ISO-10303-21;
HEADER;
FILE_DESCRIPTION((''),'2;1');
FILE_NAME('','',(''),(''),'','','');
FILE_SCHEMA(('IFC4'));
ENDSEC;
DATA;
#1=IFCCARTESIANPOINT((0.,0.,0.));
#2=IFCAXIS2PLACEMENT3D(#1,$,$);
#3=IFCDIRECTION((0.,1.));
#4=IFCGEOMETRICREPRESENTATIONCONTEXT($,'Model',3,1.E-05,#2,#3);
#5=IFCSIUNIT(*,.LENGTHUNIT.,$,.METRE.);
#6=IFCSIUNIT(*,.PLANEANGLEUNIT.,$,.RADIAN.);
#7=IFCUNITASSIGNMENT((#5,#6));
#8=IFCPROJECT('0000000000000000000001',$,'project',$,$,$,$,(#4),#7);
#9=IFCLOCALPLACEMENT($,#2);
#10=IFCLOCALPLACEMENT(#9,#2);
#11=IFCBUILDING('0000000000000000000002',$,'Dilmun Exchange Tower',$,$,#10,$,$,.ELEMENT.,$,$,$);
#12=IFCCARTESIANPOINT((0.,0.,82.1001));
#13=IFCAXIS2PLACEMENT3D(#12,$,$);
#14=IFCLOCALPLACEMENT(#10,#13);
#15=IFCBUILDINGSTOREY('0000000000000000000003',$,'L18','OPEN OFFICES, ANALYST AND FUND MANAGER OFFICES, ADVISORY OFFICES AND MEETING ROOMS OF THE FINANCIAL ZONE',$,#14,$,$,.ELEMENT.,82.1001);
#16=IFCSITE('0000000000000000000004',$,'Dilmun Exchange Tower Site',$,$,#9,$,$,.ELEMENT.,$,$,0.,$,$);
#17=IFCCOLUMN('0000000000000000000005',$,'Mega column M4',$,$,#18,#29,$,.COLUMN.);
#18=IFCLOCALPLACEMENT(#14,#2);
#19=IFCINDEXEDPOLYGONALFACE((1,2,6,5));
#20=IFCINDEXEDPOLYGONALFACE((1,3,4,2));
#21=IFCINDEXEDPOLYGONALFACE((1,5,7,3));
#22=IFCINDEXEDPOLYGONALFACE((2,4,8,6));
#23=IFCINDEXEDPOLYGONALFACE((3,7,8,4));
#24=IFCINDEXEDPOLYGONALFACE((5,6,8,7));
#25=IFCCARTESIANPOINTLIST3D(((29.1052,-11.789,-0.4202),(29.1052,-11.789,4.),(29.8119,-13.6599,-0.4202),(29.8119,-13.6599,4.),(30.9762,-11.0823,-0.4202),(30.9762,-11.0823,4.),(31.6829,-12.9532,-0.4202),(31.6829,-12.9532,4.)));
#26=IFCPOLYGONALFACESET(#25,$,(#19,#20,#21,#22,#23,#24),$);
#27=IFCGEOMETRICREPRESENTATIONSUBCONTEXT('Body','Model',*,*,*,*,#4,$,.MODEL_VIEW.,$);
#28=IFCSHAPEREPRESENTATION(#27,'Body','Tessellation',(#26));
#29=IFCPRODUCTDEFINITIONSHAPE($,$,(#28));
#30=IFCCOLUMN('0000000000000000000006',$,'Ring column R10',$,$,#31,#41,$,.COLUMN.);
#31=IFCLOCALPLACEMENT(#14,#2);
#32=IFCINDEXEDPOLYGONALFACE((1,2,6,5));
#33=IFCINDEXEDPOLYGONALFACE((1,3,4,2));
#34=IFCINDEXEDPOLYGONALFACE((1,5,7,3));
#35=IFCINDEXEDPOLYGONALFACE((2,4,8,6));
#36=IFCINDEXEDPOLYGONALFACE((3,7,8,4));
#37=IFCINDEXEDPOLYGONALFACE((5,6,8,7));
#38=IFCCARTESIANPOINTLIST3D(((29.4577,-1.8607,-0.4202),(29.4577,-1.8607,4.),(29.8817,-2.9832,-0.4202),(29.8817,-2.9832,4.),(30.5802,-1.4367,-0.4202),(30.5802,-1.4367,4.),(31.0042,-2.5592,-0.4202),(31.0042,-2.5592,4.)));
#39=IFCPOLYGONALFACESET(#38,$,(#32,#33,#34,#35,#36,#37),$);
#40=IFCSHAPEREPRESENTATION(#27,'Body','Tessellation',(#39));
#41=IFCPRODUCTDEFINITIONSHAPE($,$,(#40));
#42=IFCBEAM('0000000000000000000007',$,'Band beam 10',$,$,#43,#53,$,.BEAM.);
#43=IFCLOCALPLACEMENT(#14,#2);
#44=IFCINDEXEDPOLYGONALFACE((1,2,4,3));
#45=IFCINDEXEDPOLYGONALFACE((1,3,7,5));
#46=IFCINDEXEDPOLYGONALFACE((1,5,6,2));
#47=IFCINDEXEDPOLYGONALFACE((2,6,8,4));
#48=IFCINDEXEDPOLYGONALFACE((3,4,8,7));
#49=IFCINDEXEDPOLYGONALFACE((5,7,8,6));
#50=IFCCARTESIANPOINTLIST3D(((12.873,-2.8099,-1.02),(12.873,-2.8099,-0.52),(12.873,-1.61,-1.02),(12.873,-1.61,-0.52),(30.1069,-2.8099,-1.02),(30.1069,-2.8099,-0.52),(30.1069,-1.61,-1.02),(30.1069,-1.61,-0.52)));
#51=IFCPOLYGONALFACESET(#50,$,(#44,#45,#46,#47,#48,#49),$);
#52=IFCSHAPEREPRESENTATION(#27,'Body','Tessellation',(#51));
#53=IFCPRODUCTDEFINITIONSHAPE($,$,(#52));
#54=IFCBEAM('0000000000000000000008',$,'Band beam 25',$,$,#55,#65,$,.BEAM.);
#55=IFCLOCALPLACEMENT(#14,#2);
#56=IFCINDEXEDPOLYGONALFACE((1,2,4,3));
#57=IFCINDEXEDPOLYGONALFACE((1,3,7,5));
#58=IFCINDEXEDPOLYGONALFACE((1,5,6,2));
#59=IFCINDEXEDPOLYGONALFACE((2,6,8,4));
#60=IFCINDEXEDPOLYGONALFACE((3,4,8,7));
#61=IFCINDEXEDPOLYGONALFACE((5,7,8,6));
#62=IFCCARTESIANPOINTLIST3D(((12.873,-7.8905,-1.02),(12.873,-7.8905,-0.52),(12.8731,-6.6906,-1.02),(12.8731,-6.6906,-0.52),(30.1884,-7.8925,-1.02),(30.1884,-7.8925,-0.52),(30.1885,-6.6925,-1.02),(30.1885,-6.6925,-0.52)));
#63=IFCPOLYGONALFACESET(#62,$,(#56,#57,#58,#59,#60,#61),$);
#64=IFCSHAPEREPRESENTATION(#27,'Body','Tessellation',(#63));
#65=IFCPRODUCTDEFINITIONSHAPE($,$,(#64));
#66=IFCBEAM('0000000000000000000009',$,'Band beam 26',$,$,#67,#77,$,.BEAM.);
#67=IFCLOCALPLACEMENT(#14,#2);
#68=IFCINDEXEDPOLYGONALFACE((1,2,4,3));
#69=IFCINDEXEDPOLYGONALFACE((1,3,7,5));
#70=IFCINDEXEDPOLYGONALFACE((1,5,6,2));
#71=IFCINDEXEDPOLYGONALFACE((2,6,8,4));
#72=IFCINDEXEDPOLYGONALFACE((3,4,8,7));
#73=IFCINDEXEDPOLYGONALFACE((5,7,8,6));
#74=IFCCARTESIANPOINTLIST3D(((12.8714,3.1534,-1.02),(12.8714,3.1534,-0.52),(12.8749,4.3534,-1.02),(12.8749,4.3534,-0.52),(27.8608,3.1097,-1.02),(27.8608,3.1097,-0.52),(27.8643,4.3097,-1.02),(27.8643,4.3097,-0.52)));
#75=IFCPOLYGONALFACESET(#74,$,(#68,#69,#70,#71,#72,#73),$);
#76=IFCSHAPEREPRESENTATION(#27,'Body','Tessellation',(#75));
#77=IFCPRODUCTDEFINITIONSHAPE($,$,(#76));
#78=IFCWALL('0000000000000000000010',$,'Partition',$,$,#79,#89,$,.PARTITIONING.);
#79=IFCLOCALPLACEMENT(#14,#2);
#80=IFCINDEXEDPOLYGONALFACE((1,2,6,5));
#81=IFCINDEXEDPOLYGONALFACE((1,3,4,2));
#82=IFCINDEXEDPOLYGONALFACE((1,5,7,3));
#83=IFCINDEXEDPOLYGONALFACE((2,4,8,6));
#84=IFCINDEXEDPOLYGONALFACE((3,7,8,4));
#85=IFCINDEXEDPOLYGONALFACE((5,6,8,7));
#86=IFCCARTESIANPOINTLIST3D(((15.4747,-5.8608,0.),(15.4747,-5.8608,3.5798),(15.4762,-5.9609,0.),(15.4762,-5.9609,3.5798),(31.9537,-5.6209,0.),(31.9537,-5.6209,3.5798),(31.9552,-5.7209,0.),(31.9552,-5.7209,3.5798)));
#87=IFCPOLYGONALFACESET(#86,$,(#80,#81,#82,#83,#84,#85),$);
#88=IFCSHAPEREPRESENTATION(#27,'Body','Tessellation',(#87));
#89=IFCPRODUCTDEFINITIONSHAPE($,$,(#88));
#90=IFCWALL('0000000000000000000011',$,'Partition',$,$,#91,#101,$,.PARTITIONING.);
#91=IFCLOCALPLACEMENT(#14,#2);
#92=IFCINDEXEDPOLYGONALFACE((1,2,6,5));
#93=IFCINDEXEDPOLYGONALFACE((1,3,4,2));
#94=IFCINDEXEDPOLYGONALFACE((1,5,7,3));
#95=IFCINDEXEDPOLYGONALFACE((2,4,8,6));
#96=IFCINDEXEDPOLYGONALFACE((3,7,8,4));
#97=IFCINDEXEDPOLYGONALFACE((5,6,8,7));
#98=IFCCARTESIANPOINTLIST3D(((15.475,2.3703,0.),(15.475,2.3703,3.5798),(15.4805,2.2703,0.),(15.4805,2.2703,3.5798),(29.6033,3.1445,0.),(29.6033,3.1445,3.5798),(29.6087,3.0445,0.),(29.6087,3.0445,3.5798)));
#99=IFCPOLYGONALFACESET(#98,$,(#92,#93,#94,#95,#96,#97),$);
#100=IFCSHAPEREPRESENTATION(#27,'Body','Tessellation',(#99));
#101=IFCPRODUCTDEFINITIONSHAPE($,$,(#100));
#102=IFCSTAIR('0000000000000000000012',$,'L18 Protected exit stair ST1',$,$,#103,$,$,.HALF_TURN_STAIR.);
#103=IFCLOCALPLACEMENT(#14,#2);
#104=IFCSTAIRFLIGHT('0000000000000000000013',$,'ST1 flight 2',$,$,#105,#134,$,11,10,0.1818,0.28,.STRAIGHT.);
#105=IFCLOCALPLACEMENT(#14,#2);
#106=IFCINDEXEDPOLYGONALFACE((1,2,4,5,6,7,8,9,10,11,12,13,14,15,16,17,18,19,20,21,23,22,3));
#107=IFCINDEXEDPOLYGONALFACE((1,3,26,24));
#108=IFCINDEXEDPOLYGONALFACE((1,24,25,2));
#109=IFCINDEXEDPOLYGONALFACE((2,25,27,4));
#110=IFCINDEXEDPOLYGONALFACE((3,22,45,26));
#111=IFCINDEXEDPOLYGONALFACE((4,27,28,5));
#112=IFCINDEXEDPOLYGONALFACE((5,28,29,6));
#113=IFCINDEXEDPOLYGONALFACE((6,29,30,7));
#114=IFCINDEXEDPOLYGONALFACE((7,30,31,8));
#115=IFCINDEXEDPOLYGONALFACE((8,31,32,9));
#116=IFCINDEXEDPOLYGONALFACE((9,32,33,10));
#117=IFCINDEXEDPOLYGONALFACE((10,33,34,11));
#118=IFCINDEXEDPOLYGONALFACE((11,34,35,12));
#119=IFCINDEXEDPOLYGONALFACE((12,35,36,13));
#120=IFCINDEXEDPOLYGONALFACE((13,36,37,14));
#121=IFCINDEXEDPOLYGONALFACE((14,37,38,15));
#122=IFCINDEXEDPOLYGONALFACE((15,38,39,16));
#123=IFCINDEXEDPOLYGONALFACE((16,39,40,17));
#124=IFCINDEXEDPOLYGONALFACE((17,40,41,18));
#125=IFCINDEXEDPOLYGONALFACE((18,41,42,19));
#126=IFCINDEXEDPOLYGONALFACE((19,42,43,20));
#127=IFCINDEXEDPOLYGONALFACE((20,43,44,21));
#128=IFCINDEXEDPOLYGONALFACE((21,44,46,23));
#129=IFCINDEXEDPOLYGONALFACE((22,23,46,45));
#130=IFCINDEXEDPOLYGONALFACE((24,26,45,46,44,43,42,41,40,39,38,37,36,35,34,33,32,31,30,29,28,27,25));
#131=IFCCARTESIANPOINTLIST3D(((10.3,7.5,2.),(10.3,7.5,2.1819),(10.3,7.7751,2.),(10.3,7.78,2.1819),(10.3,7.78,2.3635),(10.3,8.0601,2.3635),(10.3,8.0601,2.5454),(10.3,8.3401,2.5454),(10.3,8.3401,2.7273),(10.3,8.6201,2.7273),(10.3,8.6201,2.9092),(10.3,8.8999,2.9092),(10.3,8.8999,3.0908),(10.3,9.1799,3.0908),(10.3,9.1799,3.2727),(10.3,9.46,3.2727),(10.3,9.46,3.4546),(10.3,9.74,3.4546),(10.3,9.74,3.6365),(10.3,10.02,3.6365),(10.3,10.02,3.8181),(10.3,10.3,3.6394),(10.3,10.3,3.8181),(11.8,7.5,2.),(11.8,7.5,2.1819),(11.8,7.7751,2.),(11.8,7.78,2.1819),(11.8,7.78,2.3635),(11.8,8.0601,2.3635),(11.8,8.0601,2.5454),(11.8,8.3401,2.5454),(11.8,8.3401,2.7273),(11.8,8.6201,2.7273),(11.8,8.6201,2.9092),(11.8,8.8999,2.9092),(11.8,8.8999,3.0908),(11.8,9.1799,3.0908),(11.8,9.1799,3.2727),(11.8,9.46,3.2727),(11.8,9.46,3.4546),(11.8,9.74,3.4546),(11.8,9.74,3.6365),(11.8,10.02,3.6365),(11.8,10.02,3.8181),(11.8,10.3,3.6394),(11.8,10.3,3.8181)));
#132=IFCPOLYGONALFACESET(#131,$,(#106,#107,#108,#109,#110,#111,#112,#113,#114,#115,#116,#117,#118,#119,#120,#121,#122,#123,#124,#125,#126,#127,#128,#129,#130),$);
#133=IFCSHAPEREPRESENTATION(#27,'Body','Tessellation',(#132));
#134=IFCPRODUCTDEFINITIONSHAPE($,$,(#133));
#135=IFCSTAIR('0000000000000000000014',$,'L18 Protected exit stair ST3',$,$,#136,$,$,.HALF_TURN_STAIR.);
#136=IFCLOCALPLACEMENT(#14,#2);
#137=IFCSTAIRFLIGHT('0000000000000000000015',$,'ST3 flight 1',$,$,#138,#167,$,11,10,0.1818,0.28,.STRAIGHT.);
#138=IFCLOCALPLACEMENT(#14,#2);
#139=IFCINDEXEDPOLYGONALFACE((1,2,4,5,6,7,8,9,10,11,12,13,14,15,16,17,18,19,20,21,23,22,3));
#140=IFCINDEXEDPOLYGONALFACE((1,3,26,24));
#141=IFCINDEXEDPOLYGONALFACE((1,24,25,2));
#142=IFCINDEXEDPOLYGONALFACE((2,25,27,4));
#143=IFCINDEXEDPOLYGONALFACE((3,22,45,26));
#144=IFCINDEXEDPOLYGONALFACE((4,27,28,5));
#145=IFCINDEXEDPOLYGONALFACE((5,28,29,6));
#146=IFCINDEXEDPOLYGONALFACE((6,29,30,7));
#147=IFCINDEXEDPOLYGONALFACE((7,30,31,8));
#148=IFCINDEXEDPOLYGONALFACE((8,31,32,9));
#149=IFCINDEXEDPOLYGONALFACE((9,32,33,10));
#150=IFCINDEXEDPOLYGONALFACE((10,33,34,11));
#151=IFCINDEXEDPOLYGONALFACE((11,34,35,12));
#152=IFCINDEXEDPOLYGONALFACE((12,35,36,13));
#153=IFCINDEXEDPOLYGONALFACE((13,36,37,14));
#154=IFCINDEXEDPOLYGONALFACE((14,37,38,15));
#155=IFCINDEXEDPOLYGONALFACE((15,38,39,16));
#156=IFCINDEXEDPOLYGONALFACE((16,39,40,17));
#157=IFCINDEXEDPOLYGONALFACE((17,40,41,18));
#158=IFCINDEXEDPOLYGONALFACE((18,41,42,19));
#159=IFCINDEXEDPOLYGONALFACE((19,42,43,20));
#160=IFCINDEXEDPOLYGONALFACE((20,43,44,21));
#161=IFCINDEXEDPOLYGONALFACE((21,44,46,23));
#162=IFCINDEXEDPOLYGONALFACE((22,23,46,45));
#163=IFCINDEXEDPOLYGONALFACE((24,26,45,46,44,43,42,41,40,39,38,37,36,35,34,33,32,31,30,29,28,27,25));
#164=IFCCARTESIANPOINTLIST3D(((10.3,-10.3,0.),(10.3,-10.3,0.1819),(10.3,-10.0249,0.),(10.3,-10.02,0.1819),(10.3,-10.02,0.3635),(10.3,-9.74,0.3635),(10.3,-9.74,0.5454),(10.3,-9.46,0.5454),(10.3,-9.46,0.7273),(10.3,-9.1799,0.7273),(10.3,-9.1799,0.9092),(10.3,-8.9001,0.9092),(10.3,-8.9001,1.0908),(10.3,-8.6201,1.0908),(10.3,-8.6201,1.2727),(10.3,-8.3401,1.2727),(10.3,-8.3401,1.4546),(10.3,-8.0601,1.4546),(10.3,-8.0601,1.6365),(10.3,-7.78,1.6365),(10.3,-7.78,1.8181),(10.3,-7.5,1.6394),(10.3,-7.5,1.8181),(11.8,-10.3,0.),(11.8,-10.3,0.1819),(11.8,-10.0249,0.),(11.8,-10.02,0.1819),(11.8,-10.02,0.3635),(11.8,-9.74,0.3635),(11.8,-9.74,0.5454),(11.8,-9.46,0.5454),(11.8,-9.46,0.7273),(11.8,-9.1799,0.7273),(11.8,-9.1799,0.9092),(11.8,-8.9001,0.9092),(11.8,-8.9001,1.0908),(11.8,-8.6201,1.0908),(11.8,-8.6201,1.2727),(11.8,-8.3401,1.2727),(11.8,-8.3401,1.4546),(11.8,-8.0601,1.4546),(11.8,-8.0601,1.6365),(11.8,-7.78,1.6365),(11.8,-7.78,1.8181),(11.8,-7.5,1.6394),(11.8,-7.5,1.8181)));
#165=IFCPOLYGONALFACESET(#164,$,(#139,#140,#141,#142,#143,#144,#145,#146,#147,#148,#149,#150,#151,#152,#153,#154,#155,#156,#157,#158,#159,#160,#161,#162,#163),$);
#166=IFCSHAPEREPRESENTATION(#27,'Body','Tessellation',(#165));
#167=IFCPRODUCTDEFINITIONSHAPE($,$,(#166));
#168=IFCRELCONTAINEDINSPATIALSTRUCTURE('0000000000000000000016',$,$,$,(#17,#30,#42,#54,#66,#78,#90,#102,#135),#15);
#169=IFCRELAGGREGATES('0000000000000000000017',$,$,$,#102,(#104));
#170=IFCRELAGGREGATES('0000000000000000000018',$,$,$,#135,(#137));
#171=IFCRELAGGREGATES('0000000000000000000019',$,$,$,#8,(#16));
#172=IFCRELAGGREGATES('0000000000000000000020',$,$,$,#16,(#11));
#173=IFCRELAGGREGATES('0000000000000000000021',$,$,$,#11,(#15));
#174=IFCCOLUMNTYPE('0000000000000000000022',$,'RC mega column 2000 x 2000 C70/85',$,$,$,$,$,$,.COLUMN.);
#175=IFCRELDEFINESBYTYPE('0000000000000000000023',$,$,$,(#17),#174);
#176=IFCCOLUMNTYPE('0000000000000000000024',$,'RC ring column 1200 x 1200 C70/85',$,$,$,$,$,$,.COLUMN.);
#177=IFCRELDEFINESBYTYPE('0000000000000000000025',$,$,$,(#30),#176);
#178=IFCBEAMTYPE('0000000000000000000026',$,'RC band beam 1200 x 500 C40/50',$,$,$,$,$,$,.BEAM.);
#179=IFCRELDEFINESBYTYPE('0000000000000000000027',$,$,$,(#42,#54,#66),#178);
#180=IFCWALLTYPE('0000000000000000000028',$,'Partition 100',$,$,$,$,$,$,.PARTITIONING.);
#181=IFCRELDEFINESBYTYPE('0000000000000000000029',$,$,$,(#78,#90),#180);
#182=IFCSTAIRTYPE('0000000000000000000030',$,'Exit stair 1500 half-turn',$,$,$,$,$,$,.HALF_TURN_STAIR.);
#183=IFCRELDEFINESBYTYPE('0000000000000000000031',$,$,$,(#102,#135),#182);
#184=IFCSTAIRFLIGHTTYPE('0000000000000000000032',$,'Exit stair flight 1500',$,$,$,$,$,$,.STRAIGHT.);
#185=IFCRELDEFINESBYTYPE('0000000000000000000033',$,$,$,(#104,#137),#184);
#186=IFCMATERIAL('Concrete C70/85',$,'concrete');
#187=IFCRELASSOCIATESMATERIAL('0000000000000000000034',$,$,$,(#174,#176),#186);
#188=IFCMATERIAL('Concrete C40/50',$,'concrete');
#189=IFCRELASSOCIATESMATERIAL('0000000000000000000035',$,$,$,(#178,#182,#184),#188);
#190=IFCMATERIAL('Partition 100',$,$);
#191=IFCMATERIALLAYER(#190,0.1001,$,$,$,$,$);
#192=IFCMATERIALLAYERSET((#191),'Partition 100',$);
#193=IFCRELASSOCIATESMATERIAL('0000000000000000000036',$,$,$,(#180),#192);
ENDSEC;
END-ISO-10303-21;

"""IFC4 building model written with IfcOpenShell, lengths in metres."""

from ifc_helpers import new_model, si_unit, direction, frame, frame_2d, origin, origin_2d, place, context, subcontext, project, spatial, polyline, rectangle, outline, extrude, material, layer, layer_set, material_profile, profile_set, type_object, element, aggregate, save


model = new_model("IFC4")

# Units and contexts
model_context = context("Model", 3, precision=1e-05, world=origin(), true_north=direction((0.0, 1.0)))
body_context = subcontext(model_context, "Body", "Model", "MODEL_VIEW")
ifc_project = project(units=[si_unit("LENGTHUNIT", "METRE"), si_unit("PLANEANGLEUNIT", "RADIAN")], contexts=[model_context])

# Site, building, storey
site_placement = place(None, origin())
site = spatial("IfcSite", under=ifc_project, at=site_placement, Name="Dilmun Exchange Tower Site", CompositionType="ELEMENT", RefElevation=0.0)
building_placement = place(site_placement, origin())
building = spatial("IfcBuilding", under=site, at=building_placement, Name="Dilmun Exchange Tower", CompositionType="ELEMENT")
storey_placement = place(building_placement, frame((0.0, 0.0, 82.1001)))
storey = spatial("IfcBuildingStorey", under=building, at=storey_placement, Name="L18", Description="OPEN OFFICES, ANALYST AND FUND MANAGER OFFICES, ADVISORY OFFICES AND MEETING ROOMS OF THE FINANCIAL ZONE", CompositionType="ELEMENT", Elevation=82.1001)

# Columns
ifc_material_1 = material(Name="Concrete C70/85", Category="concrete")
ifc_material_profile_1 = material_profile(ifc_material_1, rectangle(XDim=2.0, YDim=2.0, at=origin_2d()), Name="2000 x 2000")
ifc_profile_set_1 = profile_set([ifc_material_profile_1], Name="Concrete C70/85")
column_type_1 = type_object("IfcColumnType", Name="RC mega column 2000 x 2000 C70/85", PredefinedType="COLUMN", material=ifc_profile_set_1)
column_1_placement = place(storey_placement, frame((30.394, -12.3711, -0.4202), z_axis=(0.0, 0.0, 1.0), x_axis=(0.935492, 0.353349, 0.0)))
element("IfcColumn", 1, at=column_1_placement, inside=storey, type_object=column_type_1, Name="Mega column M4", PredefinedType="COLUMN", context=body_context, shape_type="SweptSolid", body=[
    extrude(rectangle(XDim=2.0, YDim=2.0, at=origin_2d()), origin(), (0.0, 0.0, 1.0), 4.4202),
])
ifc_material_profile_2 = material_profile(ifc_material_1, rectangle(XDim=1.2, YDim=1.2, at=origin_2d()), Name="1200 x 1200")
ifc_profile_set_2 = profile_set([ifc_material_profile_2], Name="Concrete C70/85")
column_type_2 = type_object("IfcColumnType", Name="RC ring column 1200 x 1200 C70/85", PredefinedType="COLUMN", material=ifc_profile_set_2)
column_2_placement = place(storey_placement, frame((30.231, -2.21, -0.4202), z_axis=(0.0, 0.0, 1.0), x_axis=(0.935492, 0.353349, 0.0)))
element("IfcColumn", 2, at=column_2_placement, inside=storey, type_object=column_type_2, Name="Ring column R10", PredefinedType="COLUMN", context=body_context, shape_type="SweptSolid", body=[
    extrude(rectangle(XDim=1.2, YDim=1.2, at=origin_2d()), origin(), (0.0, 0.0, 1.0), 4.4202),
])

# Beams
ifc_material_2 = material(Name="Concrete C40/50", Category="concrete")
ifc_material_profile_3 = material_profile(ifc_material_2, rectangle(XDim=1.2, YDim=0.5, at=origin_2d()), Name="1200 x 500")
ifc_profile_set_3 = profile_set([ifc_material_profile_3], Name="Concrete C40/50")
beam_type = type_object("IfcBeamType", Name="RC band beam 1200 x 500 C40/50", PredefinedType="BEAM", material=ifc_profile_set_3)
beam_1_placement = place(storey_placement, frame((30.1069, -2.21, -0.77), z_axis=(-1.0, 0.0, 0.0), x_axis=(0.0, -1.0, 0.0)))
element("IfcBeam", 3, at=beam_1_placement, inside=storey, type_object=beam_type, Name="Band beam 10", PredefinedType="BEAM", context=body_context, shape_type="SweptSolid", body=[
    extrude(rectangle(XDim=1.2, YDim=0.5, at=origin_2d()), origin(), (0.0, 0.0, 1.0), 17.2339),
])
beam_2_placement = place(storey_placement, frame((30.1885, -7.2925, -0.77), z_axis=(-1.0, 0.000113, 0.0), x_axis=(-0.000113, -1.0, 0.0)))
element("IfcBeam", 4, at=beam_2_placement, inside=storey, type_object=beam_type, Name="Band beam 25", PredefinedType="BEAM", context=body_context, shape_type="SweptSolid", body=[
    extrude(rectangle(XDim=1.2, YDim=0.5, at=origin_2d()), origin(), (0.0, 0.0, 1.0), 17.3154),
])
beam_3_placement = place(storey_placement, frame((27.8625, 3.7097, -0.77), z_axis=(-0.999996, 0.002915, 0.0), x_axis=(-0.002915, -0.999996, 0.0)))
element("IfcBeam", 5, at=beam_3_placement, inside=storey, type_object=beam_type, Name="Band beam 26", PredefinedType="BEAM", context=body_context, shape_type="SweptSolid", body=[
    extrude(rectangle(XDim=1.2, YDim=0.5, at=origin_2d()), origin(), (0.0, 0.0, 1.0), 14.9895),
])

# Walls
ifc_material_3 = material(Name="Partition 100")
ifc_layer_1 = layer(ifc_material_3, 0.1001)
ifc_layer_set_1 = layer_set([ifc_layer_1], Name="Partition 100")
wall_type_1 = type_object("IfcWallType", Name="Partition 100", PredefinedType="PARTITIONING", material=ifc_layer_set_1)
wall_1_placement = place(storey_placement, frame((15.4756, -5.9109, 0.0), z_axis=(0.0, 0.0, 1.0), x_axis=(0.999894, 0.014562, 0.0)))
element("IfcWall", 6, at=wall_1_placement, inside=storey, type_object=wall_type_1, Name="Partition", PredefinedType="PARTITIONING", context=body_context, shape_type="SweptSolid", body=[
    extrude(rectangle(XDim=16.4807, YDim=0.1001, at=frame_2d((8.2402, 0.0))), origin(), (0.0, 0.0, 1.0), 3.5798),
])
wall_2_placement = place(storey_placement, frame((15.4778, 2.3203, 0.0), z_axis=(0.0, 0.0, 1.0), x_axis=(0.998502, 0.054714, 0.0)))
element("IfcWall", 7, at=wall_2_placement, inside=storey, type_object=wall_type_1, Name="Partition", PredefinedType="PARTITIONING", context=body_context, shape_type="SweptSolid", body=[
    extrude(rectangle(XDim=14.1494, YDim=0.1001, at=frame_2d((7.0747, 0.0))), origin(), (0.0, 0.0, 1.0), 3.5798),
])

# Stair, stair flight
stair_type = type_object("IfcStairType", Name="Exit stair 1500 half-turn", PredefinedType="HALF_TURN_STAIR", material=ifc_material_2)
stair_1_placement = place(storey_placement, origin())
stair_1 = element("IfcStair", 8, at=stair_1_placement, inside=storey, type_object=stair_type, Name="L18 Protected exit stair ST1", PredefinedType="HALF_TURN_STAIR")
stair_flight_type = type_object("IfcStairFlightType", Name="Exit stair flight 1500", PredefinedType="STRAIGHT", material=ifc_material_2)
stair_flight_1_placement = place(storey_placement, frame((11.05, 7.5, 2.0), z_axis=(0.0, 0.0, 1.0), x_axis=(0.0, 1.0, 0.0)))
stair_flight_1 = element("IfcStairFlight", 9, at=stair_flight_1_placement, type_object=stair_flight_type, Name="ST1 flight 2", NumberOfRisers=11, NumberOfTreads=10, PredefinedType="STRAIGHT", RiserHeight=0.1818, TreadLength=0.28, context=body_context, shape_type="SweptSolid", body=[
    extrude(outline(polyline([(0.0, 0.0), (0.0, 0.1819), (0.28, 0.1819), (0.28, 0.3635), (0.5601, 0.3635), (0.5601, 0.5454), (0.8401, 0.5454), (0.8401, 0.7273), (1.1201, 0.7273), (1.1201, 0.9092), (1.3999, 0.9092), (1.3999, 1.0908), (1.6799, 1.0908), (1.6799, 1.2727), (1.96, 1.2727), (1.96, 1.4546), (2.24, 1.4546), (2.24, 1.6365), (2.52, 1.6365), (2.52, 1.8181), (2.8, 1.8181), (2.8, 2.0), (2.8, 1.6394), (0.2751, 0.0), (0.0, 0.0)])), frame((0.0, 0.75, 0.0), z_axis=(0.0, -1.0, 0.0), x_axis=(1.0, 0.0, 0.0)), (0.0, 0.0, 1.0), 1.5),
])
aggregate(stair_1, [stair_flight_1])

# Stair, stair flight
stair_2_placement = place(storey_placement, origin())
stair_2 = element("IfcStair", 10, at=stair_2_placement, inside=storey, type_object=stair_type, Name="L18 Protected exit stair ST3", PredefinedType="HALF_TURN_STAIR")
stair_flight_2_placement = place(storey_placement, frame((11.05, -10.3, 0.0), z_axis=(0.0, 0.0, 1.0), x_axis=(0.0, 1.0, 0.0)))
stair_flight_2 = element("IfcStairFlight", 11, at=stair_flight_2_placement, type_object=stair_flight_type, Name="ST3 flight 1", NumberOfRisers=11, NumberOfTreads=10, PredefinedType="STRAIGHT", RiserHeight=0.1818, TreadLength=0.28, context=body_context, shape_type="SweptSolid", body=[
    extrude(outline(polyline([(0.0, 0.0), (0.0, 0.1819), (0.28, 0.1819), (0.28, 0.3635), (0.5601, 0.3635), (0.5601, 0.5454), (0.8401, 0.5454), (0.8401, 0.7273), (1.1201, 0.7273), (1.1201, 0.9092), (1.3999, 0.9092), (1.3999, 1.0908), (1.6799, 1.0908), (1.6799, 1.2727), (1.96, 1.2727), (1.96, 1.4546), (2.24, 1.4546), (2.24, 1.6365), (2.52, 1.6365), (2.52, 1.8181), (2.8, 1.8181), (2.8, 2.0), (2.8, 1.6394), (0.2751, 0.0), (0.0, 0.0)])), frame((0.0, 0.75, 0.0), z_axis=(0.0, -1.0, 0.0), x_axis=(1.0, 0.0, 0.0)), (0.0, 0.0, 1.0), 1.5),
])
aggregate(stair_2, [stair_flight_2])

save(model, "model.ifc")
